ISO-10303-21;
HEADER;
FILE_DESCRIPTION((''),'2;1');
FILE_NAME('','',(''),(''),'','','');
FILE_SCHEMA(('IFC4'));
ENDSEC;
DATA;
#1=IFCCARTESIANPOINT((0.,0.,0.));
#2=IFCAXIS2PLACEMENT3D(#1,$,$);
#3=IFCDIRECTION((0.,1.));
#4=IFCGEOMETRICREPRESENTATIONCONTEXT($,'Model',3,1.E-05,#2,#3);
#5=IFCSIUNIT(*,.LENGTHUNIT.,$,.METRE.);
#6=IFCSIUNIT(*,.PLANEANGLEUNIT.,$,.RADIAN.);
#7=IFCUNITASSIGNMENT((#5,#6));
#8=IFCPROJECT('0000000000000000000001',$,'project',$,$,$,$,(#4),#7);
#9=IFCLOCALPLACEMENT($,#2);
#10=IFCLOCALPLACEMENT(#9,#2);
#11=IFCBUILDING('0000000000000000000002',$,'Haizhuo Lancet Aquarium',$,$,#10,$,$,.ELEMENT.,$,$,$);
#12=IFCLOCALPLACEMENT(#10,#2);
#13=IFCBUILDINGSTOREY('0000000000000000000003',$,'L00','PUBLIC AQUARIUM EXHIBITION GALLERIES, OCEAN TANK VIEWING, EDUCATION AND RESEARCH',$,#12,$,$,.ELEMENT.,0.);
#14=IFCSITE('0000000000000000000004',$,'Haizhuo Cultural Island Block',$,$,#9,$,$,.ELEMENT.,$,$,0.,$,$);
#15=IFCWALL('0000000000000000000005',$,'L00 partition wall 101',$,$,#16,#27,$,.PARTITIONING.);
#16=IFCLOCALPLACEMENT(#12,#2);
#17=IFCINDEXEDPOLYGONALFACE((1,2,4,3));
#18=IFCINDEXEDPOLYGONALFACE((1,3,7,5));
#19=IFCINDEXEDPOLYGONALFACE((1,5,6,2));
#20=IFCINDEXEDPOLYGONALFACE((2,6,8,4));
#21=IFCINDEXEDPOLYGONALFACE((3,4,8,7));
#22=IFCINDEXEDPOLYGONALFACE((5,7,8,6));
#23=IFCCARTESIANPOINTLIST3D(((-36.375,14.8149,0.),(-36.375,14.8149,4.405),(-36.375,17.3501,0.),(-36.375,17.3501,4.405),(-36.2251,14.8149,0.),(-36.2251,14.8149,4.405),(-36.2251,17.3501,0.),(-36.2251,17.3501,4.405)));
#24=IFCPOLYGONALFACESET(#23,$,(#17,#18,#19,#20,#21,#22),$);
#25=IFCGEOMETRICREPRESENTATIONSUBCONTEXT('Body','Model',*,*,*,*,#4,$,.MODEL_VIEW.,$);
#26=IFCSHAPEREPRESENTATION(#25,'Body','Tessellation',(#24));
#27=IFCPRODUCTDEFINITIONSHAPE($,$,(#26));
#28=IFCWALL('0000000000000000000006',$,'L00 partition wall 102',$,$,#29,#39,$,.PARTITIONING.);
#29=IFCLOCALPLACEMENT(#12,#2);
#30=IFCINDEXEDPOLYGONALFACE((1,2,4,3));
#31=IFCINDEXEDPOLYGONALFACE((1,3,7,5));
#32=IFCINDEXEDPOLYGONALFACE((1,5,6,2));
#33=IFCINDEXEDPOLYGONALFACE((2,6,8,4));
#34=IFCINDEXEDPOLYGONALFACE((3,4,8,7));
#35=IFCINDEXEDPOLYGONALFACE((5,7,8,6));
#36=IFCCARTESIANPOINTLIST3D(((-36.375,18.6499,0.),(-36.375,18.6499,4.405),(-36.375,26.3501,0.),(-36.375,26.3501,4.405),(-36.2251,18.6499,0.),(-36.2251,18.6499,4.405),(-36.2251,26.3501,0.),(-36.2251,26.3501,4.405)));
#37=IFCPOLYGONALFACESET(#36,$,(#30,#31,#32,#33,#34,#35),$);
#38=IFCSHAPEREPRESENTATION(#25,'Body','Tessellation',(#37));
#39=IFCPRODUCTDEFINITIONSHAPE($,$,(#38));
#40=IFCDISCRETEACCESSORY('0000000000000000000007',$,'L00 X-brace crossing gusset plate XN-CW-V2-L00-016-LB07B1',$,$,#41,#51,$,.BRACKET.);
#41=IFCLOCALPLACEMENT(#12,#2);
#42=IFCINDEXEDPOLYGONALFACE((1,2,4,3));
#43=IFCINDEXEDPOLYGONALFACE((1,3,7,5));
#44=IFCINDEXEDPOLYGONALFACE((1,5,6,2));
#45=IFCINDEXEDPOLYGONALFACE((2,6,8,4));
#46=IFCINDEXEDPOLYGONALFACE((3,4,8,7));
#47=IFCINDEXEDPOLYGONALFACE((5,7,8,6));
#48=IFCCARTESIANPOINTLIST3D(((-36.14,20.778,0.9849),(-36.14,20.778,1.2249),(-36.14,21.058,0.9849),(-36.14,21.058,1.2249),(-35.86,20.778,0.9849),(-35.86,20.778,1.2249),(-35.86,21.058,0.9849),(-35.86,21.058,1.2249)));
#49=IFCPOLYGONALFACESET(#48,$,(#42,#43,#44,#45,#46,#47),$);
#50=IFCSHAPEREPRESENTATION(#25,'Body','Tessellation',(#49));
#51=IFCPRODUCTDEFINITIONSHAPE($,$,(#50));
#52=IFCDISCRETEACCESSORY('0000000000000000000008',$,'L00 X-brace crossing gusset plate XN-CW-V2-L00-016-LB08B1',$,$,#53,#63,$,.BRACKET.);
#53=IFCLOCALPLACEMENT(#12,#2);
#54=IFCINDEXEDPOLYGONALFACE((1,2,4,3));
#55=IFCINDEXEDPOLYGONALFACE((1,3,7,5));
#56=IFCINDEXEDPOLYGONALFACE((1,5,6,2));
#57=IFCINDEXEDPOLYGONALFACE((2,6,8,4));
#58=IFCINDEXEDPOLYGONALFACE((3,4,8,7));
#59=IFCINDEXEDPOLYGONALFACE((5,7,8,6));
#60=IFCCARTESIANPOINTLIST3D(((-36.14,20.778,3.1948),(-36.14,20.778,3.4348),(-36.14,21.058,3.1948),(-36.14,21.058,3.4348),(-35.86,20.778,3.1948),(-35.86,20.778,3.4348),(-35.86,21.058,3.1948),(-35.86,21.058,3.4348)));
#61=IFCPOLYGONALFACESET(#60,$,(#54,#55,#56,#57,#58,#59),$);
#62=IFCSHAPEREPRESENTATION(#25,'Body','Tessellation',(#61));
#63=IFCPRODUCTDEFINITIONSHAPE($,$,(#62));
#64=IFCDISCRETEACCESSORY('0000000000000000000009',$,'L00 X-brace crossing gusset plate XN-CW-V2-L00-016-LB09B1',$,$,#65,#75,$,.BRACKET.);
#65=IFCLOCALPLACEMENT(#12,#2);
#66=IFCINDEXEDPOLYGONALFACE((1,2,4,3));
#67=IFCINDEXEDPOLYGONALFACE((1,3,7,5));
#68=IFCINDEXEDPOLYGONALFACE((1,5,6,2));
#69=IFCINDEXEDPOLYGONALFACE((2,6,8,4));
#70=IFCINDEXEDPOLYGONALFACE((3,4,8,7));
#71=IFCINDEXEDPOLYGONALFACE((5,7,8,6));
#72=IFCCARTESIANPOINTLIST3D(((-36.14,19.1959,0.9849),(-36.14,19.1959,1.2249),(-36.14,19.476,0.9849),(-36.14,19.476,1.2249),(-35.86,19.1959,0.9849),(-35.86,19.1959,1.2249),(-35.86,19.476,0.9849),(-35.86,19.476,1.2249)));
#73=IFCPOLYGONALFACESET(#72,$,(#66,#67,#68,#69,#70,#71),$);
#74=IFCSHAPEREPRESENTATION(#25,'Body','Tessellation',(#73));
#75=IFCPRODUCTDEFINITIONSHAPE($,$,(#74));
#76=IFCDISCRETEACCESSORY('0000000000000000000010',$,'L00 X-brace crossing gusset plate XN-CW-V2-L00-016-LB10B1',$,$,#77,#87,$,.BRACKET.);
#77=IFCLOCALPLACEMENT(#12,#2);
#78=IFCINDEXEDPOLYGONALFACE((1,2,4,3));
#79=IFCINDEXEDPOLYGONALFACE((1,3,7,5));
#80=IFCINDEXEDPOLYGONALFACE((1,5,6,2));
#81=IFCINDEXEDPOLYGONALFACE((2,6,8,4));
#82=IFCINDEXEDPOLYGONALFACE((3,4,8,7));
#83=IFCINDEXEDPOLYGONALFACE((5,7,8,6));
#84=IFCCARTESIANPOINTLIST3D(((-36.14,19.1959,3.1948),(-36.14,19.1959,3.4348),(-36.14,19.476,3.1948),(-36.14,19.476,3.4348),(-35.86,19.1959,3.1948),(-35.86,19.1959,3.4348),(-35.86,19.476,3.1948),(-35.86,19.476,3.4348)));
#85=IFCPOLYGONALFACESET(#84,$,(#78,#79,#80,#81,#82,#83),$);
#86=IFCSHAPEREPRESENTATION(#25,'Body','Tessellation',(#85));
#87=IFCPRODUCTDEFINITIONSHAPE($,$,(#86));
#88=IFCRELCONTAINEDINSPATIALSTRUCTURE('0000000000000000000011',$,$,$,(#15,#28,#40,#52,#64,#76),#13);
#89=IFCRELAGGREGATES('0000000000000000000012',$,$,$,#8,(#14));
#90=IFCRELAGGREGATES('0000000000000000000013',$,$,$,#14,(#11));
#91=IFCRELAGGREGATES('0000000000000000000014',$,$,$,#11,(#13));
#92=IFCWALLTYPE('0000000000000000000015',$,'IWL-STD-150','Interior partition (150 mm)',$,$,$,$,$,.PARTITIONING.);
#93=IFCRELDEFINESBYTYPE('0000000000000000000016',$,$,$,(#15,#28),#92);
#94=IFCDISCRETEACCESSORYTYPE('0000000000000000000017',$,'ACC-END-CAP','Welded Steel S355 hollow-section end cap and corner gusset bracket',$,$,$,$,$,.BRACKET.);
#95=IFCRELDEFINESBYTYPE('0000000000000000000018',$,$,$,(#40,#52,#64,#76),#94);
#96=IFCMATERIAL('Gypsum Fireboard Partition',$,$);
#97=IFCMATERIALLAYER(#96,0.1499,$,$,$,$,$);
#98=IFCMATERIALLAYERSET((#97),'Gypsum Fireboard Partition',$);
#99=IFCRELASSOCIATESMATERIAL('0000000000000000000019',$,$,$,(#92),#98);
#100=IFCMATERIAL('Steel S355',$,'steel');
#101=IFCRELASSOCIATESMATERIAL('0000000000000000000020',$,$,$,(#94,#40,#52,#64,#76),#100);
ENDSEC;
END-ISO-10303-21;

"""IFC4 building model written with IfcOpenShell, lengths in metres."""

from ifc_helpers import new_model, si_unit, direction, frame, frame_2d, origin, origin_2d, place, context, subcontext, project, spatial, rectangle, extrude, material, layer, layer_set, type_object, element, save


model = new_model("IFC4")

# Units and contexts
model_context = context("Model", 3, precision=1e-05, world=origin(), true_north=direction((0.0, 1.0)))
body_context = subcontext(model_context, "Body", "Model", "MODEL_VIEW")
ifc_project = project(units=[si_unit("LENGTHUNIT", "METRE"), si_unit("PLANEANGLEUNIT", "RADIAN")], contexts=[model_context])

# Site, building, storey
site_placement = place(None, origin())
site = spatial("IfcSite", under=ifc_project, at=site_placement, Name="Haizhuo Cultural Island Block", CompositionType="ELEMENT", RefElevation=0.0)
building_placement = place(site_placement, origin())
building = spatial("IfcBuilding", under=site, at=building_placement, Name="Haizhuo Lancet Aquarium", CompositionType="ELEMENT")
storey_placement = place(building_placement, origin())
storey = spatial("IfcBuildingStorey", under=building, at=storey_placement, Name="L00", Description="PUBLIC AQUARIUM EXHIBITION GALLERIES, OCEAN TANK VIEWING, EDUCATION AND RESEARCH", CompositionType="ELEMENT", Elevation=0.0)

# Shared definitions
ifc_material_1 = material(Name="Steel S355", Category="steel")

# Walls
ifc_material_2 = material(Name="Gypsum Fireboard Partition")
ifc_layer_1 = layer(ifc_material_2, 0.1499)
ifc_layer_set_1 = layer_set([ifc_layer_1], Name="Gypsum Fireboard Partition")
wall_type_1 = type_object("IfcWallType", Name="IWL-STD-150", Description="Interior partition (150 mm)", PredefinedType="PARTITIONING", material=ifc_layer_set_1)
wall_1_placement = place(storey_placement, frame((-36.3, 14.8149, 0.0), z_axis=(0.0, 0.0, 1.0), x_axis=(0.0, 1.0, 0.0)))
element("IfcWall", 1, at=wall_1_placement, inside=storey, type_object=wall_type_1, Name="L00 partition wall 101", PredefinedType="PARTITIONING", context=body_context, shape_type="SweptSolid", body=[
    extrude(rectangle(XDim=2.5352, YDim=0.1499, at=frame_2d((1.2676, 0.0))), origin(), (0.0, 0.0, 1.0), 4.405),
])
wall_2_placement = place(storey_placement, frame((-36.3, 18.6499, 0.0), z_axis=(0.0, 0.0, 1.0), x_axis=(0.0, 1.0, 0.0)))
element("IfcWall", 2, at=wall_2_placement, inside=storey, type_object=wall_type_1, Name="L00 partition wall 102", PredefinedType="PARTITIONING", context=body_context, shape_type="SweptSolid", body=[
    extrude(rectangle(XDim=7.7002, YDim=0.1499, at=frame_2d((3.8501, 0.0))), origin(), (0.0, 0.0, 1.0), 4.405),
])

# Discrete accessories
discrete_accessory_type = type_object("IfcDiscreteAccessoryType", Name="ACC-END-CAP", Description="Welded Steel S355 hollow-section end cap and corner gusset bracket", PredefinedType="BRACKET", material=ifc_material_1)
for number, where, z_axis, x_axis, name in (
    (3, (-36.0, 20.918, 0.9849), (0.0, 0.0, 1.0), (1.0, 0.0, 0.0), "L00 X-brace crossing gusset plate XN-CW-V2-L00-016-LB07B1"),
    (4, (-36.0, 20.918, 3.1948), (0.0, 0.0, 1.0), (1.0, 0.0, 0.0), "L00 X-brace crossing gusset plate XN-CW-V2-L00-016-LB08B1"),
    (5, (-36.0, 19.3359, 0.9849), (0.0, 0.0, 1.0), (1.0, 0.0, 0.0), "L00 X-brace crossing gusset plate XN-CW-V2-L00-016-LB09B1"),
    (6, (-36.0, 19.3359, 3.1948), (0.0, 0.0, 1.0), (1.0, 0.0, 0.0), "L00 X-brace crossing gusset plate XN-CW-V2-L00-016-LB10B1"),
):
    element("IfcDiscreteAccessory", number, at=place(storey_placement, frame(where, z_axis=z_axis, x_axis=x_axis)), inside=storey, type_object=discrete_accessory_type, material=ifc_material_1, Name=name, PredefinedType="BRACKET", context=body_context, shape_type="SweptSolid", body=[
        extrude(rectangle(XDim=0.28, YDim=0.28, at=origin_2d()), origin(), (0.0, 0.0, 1.0), 0.24),
    ])

save(model, "model.ifc")
